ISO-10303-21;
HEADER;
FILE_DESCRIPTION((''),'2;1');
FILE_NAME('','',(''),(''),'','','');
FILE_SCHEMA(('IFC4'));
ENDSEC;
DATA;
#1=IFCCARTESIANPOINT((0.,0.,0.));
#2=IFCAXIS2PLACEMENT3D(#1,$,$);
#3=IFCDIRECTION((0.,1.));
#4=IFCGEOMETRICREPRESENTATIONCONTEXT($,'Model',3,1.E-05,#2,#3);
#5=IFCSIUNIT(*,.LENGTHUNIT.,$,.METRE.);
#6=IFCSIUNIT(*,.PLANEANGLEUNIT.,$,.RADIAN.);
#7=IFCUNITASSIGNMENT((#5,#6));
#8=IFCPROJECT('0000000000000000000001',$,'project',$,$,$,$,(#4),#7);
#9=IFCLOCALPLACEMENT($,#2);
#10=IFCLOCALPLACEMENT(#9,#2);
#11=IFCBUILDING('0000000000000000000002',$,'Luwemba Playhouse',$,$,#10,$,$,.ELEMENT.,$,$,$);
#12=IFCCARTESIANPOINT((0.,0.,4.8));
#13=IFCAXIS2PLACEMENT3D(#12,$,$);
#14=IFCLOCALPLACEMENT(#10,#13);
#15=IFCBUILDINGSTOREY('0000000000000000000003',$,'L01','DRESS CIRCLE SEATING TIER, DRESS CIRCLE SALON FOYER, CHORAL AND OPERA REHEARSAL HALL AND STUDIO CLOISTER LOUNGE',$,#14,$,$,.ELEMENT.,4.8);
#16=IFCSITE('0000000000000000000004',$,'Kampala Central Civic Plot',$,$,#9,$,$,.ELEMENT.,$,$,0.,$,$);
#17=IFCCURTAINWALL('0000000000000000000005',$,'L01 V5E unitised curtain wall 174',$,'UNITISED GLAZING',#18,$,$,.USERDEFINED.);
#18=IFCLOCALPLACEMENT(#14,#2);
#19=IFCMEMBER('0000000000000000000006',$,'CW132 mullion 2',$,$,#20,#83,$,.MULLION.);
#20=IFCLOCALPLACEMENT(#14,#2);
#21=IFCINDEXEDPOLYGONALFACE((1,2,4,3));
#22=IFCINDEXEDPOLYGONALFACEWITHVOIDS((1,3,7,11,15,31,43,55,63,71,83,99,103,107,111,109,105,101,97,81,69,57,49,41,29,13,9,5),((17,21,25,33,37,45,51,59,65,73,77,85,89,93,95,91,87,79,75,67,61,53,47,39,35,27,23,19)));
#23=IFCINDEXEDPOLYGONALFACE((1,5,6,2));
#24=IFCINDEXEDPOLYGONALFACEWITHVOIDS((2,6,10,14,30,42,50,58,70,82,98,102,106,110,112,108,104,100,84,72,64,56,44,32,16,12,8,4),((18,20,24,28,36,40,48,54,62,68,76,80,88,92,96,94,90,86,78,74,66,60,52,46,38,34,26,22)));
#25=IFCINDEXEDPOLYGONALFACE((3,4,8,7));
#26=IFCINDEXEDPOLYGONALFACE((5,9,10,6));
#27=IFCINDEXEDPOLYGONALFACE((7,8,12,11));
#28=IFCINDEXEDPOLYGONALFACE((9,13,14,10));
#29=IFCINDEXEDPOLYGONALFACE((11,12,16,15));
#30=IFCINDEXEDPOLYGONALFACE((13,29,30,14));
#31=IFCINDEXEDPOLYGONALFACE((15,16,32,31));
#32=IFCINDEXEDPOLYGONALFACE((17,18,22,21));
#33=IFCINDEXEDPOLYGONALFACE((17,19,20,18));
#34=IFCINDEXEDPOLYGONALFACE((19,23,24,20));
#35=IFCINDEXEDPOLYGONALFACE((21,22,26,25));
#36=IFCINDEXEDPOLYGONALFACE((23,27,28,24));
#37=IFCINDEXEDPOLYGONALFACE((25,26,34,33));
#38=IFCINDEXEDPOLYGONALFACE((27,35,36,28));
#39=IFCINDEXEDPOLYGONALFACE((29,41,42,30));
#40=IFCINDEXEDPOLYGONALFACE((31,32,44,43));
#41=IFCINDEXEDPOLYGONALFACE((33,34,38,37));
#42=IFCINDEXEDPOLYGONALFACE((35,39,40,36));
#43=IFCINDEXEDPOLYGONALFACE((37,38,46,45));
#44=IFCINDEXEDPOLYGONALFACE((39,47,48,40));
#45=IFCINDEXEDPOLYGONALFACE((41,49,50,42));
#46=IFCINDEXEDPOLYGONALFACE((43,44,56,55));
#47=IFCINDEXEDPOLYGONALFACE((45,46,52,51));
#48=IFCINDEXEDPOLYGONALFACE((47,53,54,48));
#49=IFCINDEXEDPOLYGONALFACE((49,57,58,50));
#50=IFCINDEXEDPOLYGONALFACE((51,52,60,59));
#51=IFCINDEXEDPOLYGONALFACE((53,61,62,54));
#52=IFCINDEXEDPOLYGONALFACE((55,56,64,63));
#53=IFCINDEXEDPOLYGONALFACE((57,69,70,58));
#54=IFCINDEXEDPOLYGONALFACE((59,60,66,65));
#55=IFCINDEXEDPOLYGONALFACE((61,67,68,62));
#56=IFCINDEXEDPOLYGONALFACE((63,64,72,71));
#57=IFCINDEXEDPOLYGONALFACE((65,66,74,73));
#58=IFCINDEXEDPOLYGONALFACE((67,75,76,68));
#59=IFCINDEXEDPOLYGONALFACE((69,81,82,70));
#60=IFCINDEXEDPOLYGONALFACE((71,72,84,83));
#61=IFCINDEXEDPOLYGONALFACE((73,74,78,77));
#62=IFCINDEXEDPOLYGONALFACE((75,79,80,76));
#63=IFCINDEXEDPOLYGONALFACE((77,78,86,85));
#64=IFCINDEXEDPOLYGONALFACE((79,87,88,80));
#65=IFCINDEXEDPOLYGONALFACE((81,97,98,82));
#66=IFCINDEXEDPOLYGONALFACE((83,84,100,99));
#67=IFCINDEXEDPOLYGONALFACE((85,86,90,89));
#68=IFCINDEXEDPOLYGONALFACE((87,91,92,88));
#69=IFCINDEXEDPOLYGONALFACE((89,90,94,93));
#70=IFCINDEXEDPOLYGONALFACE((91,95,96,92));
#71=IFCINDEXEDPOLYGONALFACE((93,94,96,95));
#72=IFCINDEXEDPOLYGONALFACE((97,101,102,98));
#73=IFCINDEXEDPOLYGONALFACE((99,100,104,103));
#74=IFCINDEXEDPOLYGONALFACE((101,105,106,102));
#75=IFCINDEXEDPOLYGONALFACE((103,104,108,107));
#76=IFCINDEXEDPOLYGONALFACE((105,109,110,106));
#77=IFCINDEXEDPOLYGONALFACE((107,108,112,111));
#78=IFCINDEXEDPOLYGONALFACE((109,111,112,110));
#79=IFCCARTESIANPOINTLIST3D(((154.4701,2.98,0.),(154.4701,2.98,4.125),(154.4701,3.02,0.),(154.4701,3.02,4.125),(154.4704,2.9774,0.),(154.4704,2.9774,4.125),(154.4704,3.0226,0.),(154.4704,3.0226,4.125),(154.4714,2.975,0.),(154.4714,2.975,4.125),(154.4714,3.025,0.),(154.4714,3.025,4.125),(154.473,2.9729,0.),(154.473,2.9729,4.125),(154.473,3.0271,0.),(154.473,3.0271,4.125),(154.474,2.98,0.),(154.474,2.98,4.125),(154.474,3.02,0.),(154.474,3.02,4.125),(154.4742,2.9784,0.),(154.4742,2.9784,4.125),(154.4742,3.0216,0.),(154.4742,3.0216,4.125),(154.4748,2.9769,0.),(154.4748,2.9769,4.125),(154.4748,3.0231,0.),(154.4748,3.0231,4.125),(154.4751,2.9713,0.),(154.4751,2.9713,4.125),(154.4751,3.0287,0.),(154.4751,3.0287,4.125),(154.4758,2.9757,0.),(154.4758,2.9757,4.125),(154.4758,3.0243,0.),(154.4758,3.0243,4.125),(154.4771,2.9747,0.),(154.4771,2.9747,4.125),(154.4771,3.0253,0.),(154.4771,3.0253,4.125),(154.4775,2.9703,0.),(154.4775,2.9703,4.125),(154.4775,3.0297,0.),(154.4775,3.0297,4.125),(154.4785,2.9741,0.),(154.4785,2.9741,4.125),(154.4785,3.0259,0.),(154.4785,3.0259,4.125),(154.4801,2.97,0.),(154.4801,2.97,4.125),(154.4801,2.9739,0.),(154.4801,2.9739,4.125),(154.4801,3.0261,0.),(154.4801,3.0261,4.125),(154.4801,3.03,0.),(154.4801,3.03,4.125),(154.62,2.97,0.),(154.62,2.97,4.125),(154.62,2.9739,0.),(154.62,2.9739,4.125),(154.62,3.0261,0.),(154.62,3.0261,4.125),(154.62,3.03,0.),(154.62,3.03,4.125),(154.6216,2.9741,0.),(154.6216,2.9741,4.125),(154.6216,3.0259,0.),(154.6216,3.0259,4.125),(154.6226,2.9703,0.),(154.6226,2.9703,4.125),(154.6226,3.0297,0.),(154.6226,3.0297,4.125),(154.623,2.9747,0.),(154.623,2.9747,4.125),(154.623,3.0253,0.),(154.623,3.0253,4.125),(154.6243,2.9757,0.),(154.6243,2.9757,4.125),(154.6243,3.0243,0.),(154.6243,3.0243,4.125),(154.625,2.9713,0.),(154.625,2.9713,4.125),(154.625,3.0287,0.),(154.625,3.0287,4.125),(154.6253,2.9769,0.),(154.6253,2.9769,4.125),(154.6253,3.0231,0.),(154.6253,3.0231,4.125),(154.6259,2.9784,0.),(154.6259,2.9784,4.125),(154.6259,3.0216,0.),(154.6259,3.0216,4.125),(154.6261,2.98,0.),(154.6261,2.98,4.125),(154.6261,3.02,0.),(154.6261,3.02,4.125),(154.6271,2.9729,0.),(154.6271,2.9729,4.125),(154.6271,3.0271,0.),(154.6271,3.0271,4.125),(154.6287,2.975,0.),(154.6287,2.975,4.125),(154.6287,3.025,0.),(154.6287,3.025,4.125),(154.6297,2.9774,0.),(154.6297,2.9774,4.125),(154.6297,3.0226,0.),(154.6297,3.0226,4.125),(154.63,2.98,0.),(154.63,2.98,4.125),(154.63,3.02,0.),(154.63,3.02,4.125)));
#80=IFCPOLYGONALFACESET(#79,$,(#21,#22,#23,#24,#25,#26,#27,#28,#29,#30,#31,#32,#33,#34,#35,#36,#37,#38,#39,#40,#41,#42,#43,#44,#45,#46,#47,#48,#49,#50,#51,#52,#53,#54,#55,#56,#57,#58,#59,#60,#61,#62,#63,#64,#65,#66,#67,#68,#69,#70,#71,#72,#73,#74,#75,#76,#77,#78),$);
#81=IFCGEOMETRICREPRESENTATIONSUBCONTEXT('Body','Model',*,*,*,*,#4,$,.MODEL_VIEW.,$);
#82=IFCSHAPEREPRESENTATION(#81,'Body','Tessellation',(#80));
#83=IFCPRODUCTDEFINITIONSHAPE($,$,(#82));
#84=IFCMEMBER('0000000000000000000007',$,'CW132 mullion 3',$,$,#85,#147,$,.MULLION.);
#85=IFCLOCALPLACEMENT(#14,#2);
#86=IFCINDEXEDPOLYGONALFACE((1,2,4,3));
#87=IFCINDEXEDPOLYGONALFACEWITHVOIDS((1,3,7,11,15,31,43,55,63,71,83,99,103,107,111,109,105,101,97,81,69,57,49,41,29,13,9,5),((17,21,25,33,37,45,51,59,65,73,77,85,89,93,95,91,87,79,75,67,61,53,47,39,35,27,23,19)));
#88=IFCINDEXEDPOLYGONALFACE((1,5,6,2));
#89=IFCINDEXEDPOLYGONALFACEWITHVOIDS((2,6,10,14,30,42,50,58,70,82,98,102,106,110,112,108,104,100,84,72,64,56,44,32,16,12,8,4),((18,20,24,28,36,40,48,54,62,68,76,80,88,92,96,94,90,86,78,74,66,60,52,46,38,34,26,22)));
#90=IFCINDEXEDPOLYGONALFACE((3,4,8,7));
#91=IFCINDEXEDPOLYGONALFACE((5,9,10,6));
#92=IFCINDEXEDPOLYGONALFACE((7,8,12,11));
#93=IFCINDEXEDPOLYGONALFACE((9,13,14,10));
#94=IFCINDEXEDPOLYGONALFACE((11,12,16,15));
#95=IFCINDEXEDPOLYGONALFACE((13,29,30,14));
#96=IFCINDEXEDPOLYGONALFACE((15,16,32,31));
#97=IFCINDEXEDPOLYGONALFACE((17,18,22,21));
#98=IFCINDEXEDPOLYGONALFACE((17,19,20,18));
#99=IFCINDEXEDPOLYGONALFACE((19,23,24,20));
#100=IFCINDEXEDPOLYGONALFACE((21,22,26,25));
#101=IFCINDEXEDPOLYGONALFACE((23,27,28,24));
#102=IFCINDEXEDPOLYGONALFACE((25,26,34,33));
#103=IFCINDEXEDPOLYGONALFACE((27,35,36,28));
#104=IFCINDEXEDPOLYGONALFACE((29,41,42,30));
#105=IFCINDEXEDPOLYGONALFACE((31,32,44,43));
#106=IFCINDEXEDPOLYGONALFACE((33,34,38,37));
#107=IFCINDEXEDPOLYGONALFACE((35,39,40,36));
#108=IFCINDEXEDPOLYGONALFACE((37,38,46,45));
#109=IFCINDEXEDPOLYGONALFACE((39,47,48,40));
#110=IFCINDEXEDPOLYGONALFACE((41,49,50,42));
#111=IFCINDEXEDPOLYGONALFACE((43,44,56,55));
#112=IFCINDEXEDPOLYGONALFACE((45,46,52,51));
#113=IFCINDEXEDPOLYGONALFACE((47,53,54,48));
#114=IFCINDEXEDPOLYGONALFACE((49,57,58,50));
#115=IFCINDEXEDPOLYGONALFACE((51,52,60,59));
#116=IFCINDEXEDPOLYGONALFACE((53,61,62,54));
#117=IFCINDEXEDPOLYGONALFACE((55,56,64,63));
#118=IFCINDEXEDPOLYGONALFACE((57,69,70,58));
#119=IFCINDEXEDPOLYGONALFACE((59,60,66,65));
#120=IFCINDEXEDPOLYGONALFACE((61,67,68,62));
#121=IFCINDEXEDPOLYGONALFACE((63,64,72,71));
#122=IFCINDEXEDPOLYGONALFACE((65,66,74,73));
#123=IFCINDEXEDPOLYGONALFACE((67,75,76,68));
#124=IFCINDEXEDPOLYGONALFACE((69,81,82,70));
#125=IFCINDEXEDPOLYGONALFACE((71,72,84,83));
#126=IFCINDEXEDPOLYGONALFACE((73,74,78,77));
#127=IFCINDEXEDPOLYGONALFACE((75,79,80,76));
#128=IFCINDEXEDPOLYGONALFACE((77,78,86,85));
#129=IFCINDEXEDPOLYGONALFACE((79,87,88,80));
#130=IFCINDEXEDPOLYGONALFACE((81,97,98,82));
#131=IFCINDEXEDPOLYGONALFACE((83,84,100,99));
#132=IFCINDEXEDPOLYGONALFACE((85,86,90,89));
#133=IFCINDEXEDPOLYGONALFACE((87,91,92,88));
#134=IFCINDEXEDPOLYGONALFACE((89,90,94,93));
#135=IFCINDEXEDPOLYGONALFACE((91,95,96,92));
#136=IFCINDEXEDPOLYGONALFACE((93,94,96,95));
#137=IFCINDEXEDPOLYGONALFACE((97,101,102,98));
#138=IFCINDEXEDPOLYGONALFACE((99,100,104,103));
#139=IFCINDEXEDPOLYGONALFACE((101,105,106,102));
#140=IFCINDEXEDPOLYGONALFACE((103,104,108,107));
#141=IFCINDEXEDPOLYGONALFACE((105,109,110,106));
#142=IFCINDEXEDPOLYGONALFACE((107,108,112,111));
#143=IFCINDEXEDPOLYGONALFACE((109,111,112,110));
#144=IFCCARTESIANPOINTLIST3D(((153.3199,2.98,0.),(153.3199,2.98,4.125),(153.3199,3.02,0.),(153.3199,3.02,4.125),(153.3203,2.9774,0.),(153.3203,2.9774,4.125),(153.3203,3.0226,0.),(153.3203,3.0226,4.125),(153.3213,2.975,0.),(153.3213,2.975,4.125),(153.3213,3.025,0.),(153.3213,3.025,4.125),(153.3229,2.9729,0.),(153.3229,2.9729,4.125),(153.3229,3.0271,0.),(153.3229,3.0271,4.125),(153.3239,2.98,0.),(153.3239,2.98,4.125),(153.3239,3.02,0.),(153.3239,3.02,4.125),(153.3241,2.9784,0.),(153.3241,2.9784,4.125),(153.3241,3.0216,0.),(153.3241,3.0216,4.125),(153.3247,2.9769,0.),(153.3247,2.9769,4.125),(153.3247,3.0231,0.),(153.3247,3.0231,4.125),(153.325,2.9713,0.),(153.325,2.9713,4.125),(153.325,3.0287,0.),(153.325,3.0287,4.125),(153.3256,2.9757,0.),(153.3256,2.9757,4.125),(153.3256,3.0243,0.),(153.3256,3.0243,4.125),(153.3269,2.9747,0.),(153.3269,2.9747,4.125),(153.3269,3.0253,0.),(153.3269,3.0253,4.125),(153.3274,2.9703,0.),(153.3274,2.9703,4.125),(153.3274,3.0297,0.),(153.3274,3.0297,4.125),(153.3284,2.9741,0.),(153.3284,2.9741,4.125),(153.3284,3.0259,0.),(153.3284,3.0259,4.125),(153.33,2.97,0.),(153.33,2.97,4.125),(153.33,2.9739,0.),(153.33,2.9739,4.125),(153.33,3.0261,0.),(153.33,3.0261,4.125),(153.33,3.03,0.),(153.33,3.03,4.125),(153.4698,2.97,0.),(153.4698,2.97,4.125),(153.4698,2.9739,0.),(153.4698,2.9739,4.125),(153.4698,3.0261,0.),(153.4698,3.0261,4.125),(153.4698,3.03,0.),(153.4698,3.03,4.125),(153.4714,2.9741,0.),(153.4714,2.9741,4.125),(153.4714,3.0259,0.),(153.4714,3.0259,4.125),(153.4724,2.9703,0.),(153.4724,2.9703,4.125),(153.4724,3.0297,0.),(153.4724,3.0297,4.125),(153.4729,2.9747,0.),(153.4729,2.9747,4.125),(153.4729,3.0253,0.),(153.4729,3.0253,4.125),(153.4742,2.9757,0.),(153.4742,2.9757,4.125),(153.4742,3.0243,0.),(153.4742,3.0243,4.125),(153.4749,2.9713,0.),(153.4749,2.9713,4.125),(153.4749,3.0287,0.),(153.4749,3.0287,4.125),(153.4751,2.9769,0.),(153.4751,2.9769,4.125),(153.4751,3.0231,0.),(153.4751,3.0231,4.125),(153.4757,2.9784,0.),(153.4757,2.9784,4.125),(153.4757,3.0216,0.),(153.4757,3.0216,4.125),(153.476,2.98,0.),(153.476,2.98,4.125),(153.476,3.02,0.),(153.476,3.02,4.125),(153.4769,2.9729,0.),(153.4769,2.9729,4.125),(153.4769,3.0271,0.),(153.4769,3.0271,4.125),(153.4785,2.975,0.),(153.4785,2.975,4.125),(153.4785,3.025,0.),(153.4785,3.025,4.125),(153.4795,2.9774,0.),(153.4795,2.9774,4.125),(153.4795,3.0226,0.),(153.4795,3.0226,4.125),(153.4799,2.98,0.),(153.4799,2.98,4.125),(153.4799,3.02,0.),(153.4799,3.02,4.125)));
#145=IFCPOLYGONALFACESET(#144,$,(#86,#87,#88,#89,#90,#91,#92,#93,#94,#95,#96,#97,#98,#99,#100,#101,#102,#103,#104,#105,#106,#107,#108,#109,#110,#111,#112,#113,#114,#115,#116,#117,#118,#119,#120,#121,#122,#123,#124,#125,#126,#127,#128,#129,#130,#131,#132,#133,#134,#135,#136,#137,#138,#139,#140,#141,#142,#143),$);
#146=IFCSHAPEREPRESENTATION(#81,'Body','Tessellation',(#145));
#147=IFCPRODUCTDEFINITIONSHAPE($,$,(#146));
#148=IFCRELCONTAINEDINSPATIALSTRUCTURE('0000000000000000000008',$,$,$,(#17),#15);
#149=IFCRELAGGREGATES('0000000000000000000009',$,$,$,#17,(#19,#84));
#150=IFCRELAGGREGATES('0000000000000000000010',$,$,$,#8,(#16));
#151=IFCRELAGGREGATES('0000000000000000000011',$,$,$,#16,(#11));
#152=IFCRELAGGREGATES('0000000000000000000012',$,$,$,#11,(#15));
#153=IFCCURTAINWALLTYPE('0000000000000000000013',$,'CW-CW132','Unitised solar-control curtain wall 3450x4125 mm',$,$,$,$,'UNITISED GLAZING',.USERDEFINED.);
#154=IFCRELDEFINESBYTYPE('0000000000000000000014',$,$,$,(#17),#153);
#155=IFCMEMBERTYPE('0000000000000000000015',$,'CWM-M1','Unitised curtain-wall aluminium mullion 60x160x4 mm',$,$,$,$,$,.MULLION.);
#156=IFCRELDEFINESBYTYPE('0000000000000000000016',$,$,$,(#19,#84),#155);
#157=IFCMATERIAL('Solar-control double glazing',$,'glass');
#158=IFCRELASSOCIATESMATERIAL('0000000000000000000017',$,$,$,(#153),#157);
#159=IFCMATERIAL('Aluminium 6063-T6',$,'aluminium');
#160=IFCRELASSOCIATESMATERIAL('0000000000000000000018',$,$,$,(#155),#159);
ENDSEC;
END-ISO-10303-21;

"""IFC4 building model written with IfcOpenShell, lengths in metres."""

from ifc_helpers import new_model, si_unit, direction, frame, origin, origin_2d, place, context, subcontext, project, spatial, hollow_rectangle, extrude, material, material_profile, profile_set, type_object, element, aggregate, save


model = new_model("IFC4")

# Units and contexts
model_context = context("Model", 3, precision=1e-05, world=origin(), true_north=direction((0.0, 1.0)))
body_context = subcontext(model_context, "Body", "Model", "MODEL_VIEW")
ifc_project = project(units=[si_unit("LENGTHUNIT", "METRE"), si_unit("PLANEANGLEUNIT", "RADIAN")], contexts=[model_context])

# Site, building, storey
site_placement = place(None, origin())
site = spatial("IfcSite", under=ifc_project, at=site_placement, Name="Kampala Central Civic Plot", CompositionType="ELEMENT", RefElevation=0.0)
building_placement = place(site_placement, origin())
building = spatial("IfcBuilding", under=site, at=building_placement, Name="Luwemba Playhouse", CompositionType="ELEMENT")
storey_placement = place(building_placement, frame((0.0, 0.0, 4.8)))
storey = spatial("IfcBuildingStorey", under=building, at=storey_placement, Name="L01", Description="DRESS CIRCLE SEATING TIER, DRESS CIRCLE SALON FOYER, CHORAL AND OPERA REHEARSAL HALL AND STUDIO CLOISTER LOUNGE", CompositionType="ELEMENT", Elevation=4.8)

# Curtain wall, members
ifc_material_1 = material(Name="Solar-control double glazing", Category="glass")
curtain_wall_type_1 = type_object("IfcCurtainWallType", Name="CW-CW132", Description="Unitised solar-control curtain wall 3450x4125 mm", ElementType="UNITISED GLAZING", PredefinedType="USERDEFINED", material=ifc_material_1)
curtain_wall_1_placement = place(storey_placement, origin())
curtain_wall_1 = element("IfcCurtainWall", 1, at=curtain_wall_1_placement, inside=storey, type_object=curtain_wall_type_1, Name="L01 V5E unitised curtain wall 174", ObjectType="UNITISED GLAZING", PredefinedType="USERDEFINED")
ifc_material_2 = material(Name="Aluminium 6063-T6", Category="aluminium")
ifc_material_profile_1 = material_profile(ifc_material_2, hollow_rectangle(XDim=0.0601, YDim=0.1599, WallThickness=0.0039, InnerFilletRadius=0.0061, OuterFilletRadius=0.01, at=origin_2d()))
ifc_profile_set_1 = profile_set([ifc_material_profile_1], Name="Aluminium 6063-T6")
member_type_1 = type_object("IfcMemberType", Name="CWM-M1", Description="Unitised curtain-wall aluminium mullion 60x160x4 mm", PredefinedType="MULLION", material=ifc_profile_set_1)
member_1_placement = place(storey_placement, frame((154.55, 3.0, 0.0), z_axis=(0.0, 0.0, 1.0), x_axis=(0.0, -1.0, 0.0)))
member_1 = element("IfcMember", 2, at=member_1_placement, type_object=member_type_1, Name="CW132 mullion 2", PredefinedType="MULLION", context=body_context, shape_type="SweptSolid", body=[
    extrude(hollow_rectangle(XDim=0.0601, YDim=0.1599, WallThickness=0.0039, InnerFilletRadius=0.0061, OuterFilletRadius=0.01, at=origin_2d()), origin(), (0.0, 0.0, 1.0), 4.125),
])
member_2_placement = place(storey_placement, frame((153.3999, 3.0, 0.0), z_axis=(0.0, 0.0, 1.0), x_axis=(0.0, -1.0, 0.0)))
member_2 = element("IfcMember", 3, at=member_2_placement, type_object=member_type_1, Name="CW132 mullion 3", PredefinedType="MULLION", context=body_context, shape_type="SweptSolid", body=[
    extrude(hollow_rectangle(XDim=0.0601, YDim=0.1599, WallThickness=0.0039, InnerFilletRadius=0.0061, OuterFilletRadius=0.01, at=origin_2d()), origin(), (0.0, 0.0, 1.0), 4.125),
])

aggregate(curtain_wall_1, [member_1, member_2])

save(model, "model.ifc")
